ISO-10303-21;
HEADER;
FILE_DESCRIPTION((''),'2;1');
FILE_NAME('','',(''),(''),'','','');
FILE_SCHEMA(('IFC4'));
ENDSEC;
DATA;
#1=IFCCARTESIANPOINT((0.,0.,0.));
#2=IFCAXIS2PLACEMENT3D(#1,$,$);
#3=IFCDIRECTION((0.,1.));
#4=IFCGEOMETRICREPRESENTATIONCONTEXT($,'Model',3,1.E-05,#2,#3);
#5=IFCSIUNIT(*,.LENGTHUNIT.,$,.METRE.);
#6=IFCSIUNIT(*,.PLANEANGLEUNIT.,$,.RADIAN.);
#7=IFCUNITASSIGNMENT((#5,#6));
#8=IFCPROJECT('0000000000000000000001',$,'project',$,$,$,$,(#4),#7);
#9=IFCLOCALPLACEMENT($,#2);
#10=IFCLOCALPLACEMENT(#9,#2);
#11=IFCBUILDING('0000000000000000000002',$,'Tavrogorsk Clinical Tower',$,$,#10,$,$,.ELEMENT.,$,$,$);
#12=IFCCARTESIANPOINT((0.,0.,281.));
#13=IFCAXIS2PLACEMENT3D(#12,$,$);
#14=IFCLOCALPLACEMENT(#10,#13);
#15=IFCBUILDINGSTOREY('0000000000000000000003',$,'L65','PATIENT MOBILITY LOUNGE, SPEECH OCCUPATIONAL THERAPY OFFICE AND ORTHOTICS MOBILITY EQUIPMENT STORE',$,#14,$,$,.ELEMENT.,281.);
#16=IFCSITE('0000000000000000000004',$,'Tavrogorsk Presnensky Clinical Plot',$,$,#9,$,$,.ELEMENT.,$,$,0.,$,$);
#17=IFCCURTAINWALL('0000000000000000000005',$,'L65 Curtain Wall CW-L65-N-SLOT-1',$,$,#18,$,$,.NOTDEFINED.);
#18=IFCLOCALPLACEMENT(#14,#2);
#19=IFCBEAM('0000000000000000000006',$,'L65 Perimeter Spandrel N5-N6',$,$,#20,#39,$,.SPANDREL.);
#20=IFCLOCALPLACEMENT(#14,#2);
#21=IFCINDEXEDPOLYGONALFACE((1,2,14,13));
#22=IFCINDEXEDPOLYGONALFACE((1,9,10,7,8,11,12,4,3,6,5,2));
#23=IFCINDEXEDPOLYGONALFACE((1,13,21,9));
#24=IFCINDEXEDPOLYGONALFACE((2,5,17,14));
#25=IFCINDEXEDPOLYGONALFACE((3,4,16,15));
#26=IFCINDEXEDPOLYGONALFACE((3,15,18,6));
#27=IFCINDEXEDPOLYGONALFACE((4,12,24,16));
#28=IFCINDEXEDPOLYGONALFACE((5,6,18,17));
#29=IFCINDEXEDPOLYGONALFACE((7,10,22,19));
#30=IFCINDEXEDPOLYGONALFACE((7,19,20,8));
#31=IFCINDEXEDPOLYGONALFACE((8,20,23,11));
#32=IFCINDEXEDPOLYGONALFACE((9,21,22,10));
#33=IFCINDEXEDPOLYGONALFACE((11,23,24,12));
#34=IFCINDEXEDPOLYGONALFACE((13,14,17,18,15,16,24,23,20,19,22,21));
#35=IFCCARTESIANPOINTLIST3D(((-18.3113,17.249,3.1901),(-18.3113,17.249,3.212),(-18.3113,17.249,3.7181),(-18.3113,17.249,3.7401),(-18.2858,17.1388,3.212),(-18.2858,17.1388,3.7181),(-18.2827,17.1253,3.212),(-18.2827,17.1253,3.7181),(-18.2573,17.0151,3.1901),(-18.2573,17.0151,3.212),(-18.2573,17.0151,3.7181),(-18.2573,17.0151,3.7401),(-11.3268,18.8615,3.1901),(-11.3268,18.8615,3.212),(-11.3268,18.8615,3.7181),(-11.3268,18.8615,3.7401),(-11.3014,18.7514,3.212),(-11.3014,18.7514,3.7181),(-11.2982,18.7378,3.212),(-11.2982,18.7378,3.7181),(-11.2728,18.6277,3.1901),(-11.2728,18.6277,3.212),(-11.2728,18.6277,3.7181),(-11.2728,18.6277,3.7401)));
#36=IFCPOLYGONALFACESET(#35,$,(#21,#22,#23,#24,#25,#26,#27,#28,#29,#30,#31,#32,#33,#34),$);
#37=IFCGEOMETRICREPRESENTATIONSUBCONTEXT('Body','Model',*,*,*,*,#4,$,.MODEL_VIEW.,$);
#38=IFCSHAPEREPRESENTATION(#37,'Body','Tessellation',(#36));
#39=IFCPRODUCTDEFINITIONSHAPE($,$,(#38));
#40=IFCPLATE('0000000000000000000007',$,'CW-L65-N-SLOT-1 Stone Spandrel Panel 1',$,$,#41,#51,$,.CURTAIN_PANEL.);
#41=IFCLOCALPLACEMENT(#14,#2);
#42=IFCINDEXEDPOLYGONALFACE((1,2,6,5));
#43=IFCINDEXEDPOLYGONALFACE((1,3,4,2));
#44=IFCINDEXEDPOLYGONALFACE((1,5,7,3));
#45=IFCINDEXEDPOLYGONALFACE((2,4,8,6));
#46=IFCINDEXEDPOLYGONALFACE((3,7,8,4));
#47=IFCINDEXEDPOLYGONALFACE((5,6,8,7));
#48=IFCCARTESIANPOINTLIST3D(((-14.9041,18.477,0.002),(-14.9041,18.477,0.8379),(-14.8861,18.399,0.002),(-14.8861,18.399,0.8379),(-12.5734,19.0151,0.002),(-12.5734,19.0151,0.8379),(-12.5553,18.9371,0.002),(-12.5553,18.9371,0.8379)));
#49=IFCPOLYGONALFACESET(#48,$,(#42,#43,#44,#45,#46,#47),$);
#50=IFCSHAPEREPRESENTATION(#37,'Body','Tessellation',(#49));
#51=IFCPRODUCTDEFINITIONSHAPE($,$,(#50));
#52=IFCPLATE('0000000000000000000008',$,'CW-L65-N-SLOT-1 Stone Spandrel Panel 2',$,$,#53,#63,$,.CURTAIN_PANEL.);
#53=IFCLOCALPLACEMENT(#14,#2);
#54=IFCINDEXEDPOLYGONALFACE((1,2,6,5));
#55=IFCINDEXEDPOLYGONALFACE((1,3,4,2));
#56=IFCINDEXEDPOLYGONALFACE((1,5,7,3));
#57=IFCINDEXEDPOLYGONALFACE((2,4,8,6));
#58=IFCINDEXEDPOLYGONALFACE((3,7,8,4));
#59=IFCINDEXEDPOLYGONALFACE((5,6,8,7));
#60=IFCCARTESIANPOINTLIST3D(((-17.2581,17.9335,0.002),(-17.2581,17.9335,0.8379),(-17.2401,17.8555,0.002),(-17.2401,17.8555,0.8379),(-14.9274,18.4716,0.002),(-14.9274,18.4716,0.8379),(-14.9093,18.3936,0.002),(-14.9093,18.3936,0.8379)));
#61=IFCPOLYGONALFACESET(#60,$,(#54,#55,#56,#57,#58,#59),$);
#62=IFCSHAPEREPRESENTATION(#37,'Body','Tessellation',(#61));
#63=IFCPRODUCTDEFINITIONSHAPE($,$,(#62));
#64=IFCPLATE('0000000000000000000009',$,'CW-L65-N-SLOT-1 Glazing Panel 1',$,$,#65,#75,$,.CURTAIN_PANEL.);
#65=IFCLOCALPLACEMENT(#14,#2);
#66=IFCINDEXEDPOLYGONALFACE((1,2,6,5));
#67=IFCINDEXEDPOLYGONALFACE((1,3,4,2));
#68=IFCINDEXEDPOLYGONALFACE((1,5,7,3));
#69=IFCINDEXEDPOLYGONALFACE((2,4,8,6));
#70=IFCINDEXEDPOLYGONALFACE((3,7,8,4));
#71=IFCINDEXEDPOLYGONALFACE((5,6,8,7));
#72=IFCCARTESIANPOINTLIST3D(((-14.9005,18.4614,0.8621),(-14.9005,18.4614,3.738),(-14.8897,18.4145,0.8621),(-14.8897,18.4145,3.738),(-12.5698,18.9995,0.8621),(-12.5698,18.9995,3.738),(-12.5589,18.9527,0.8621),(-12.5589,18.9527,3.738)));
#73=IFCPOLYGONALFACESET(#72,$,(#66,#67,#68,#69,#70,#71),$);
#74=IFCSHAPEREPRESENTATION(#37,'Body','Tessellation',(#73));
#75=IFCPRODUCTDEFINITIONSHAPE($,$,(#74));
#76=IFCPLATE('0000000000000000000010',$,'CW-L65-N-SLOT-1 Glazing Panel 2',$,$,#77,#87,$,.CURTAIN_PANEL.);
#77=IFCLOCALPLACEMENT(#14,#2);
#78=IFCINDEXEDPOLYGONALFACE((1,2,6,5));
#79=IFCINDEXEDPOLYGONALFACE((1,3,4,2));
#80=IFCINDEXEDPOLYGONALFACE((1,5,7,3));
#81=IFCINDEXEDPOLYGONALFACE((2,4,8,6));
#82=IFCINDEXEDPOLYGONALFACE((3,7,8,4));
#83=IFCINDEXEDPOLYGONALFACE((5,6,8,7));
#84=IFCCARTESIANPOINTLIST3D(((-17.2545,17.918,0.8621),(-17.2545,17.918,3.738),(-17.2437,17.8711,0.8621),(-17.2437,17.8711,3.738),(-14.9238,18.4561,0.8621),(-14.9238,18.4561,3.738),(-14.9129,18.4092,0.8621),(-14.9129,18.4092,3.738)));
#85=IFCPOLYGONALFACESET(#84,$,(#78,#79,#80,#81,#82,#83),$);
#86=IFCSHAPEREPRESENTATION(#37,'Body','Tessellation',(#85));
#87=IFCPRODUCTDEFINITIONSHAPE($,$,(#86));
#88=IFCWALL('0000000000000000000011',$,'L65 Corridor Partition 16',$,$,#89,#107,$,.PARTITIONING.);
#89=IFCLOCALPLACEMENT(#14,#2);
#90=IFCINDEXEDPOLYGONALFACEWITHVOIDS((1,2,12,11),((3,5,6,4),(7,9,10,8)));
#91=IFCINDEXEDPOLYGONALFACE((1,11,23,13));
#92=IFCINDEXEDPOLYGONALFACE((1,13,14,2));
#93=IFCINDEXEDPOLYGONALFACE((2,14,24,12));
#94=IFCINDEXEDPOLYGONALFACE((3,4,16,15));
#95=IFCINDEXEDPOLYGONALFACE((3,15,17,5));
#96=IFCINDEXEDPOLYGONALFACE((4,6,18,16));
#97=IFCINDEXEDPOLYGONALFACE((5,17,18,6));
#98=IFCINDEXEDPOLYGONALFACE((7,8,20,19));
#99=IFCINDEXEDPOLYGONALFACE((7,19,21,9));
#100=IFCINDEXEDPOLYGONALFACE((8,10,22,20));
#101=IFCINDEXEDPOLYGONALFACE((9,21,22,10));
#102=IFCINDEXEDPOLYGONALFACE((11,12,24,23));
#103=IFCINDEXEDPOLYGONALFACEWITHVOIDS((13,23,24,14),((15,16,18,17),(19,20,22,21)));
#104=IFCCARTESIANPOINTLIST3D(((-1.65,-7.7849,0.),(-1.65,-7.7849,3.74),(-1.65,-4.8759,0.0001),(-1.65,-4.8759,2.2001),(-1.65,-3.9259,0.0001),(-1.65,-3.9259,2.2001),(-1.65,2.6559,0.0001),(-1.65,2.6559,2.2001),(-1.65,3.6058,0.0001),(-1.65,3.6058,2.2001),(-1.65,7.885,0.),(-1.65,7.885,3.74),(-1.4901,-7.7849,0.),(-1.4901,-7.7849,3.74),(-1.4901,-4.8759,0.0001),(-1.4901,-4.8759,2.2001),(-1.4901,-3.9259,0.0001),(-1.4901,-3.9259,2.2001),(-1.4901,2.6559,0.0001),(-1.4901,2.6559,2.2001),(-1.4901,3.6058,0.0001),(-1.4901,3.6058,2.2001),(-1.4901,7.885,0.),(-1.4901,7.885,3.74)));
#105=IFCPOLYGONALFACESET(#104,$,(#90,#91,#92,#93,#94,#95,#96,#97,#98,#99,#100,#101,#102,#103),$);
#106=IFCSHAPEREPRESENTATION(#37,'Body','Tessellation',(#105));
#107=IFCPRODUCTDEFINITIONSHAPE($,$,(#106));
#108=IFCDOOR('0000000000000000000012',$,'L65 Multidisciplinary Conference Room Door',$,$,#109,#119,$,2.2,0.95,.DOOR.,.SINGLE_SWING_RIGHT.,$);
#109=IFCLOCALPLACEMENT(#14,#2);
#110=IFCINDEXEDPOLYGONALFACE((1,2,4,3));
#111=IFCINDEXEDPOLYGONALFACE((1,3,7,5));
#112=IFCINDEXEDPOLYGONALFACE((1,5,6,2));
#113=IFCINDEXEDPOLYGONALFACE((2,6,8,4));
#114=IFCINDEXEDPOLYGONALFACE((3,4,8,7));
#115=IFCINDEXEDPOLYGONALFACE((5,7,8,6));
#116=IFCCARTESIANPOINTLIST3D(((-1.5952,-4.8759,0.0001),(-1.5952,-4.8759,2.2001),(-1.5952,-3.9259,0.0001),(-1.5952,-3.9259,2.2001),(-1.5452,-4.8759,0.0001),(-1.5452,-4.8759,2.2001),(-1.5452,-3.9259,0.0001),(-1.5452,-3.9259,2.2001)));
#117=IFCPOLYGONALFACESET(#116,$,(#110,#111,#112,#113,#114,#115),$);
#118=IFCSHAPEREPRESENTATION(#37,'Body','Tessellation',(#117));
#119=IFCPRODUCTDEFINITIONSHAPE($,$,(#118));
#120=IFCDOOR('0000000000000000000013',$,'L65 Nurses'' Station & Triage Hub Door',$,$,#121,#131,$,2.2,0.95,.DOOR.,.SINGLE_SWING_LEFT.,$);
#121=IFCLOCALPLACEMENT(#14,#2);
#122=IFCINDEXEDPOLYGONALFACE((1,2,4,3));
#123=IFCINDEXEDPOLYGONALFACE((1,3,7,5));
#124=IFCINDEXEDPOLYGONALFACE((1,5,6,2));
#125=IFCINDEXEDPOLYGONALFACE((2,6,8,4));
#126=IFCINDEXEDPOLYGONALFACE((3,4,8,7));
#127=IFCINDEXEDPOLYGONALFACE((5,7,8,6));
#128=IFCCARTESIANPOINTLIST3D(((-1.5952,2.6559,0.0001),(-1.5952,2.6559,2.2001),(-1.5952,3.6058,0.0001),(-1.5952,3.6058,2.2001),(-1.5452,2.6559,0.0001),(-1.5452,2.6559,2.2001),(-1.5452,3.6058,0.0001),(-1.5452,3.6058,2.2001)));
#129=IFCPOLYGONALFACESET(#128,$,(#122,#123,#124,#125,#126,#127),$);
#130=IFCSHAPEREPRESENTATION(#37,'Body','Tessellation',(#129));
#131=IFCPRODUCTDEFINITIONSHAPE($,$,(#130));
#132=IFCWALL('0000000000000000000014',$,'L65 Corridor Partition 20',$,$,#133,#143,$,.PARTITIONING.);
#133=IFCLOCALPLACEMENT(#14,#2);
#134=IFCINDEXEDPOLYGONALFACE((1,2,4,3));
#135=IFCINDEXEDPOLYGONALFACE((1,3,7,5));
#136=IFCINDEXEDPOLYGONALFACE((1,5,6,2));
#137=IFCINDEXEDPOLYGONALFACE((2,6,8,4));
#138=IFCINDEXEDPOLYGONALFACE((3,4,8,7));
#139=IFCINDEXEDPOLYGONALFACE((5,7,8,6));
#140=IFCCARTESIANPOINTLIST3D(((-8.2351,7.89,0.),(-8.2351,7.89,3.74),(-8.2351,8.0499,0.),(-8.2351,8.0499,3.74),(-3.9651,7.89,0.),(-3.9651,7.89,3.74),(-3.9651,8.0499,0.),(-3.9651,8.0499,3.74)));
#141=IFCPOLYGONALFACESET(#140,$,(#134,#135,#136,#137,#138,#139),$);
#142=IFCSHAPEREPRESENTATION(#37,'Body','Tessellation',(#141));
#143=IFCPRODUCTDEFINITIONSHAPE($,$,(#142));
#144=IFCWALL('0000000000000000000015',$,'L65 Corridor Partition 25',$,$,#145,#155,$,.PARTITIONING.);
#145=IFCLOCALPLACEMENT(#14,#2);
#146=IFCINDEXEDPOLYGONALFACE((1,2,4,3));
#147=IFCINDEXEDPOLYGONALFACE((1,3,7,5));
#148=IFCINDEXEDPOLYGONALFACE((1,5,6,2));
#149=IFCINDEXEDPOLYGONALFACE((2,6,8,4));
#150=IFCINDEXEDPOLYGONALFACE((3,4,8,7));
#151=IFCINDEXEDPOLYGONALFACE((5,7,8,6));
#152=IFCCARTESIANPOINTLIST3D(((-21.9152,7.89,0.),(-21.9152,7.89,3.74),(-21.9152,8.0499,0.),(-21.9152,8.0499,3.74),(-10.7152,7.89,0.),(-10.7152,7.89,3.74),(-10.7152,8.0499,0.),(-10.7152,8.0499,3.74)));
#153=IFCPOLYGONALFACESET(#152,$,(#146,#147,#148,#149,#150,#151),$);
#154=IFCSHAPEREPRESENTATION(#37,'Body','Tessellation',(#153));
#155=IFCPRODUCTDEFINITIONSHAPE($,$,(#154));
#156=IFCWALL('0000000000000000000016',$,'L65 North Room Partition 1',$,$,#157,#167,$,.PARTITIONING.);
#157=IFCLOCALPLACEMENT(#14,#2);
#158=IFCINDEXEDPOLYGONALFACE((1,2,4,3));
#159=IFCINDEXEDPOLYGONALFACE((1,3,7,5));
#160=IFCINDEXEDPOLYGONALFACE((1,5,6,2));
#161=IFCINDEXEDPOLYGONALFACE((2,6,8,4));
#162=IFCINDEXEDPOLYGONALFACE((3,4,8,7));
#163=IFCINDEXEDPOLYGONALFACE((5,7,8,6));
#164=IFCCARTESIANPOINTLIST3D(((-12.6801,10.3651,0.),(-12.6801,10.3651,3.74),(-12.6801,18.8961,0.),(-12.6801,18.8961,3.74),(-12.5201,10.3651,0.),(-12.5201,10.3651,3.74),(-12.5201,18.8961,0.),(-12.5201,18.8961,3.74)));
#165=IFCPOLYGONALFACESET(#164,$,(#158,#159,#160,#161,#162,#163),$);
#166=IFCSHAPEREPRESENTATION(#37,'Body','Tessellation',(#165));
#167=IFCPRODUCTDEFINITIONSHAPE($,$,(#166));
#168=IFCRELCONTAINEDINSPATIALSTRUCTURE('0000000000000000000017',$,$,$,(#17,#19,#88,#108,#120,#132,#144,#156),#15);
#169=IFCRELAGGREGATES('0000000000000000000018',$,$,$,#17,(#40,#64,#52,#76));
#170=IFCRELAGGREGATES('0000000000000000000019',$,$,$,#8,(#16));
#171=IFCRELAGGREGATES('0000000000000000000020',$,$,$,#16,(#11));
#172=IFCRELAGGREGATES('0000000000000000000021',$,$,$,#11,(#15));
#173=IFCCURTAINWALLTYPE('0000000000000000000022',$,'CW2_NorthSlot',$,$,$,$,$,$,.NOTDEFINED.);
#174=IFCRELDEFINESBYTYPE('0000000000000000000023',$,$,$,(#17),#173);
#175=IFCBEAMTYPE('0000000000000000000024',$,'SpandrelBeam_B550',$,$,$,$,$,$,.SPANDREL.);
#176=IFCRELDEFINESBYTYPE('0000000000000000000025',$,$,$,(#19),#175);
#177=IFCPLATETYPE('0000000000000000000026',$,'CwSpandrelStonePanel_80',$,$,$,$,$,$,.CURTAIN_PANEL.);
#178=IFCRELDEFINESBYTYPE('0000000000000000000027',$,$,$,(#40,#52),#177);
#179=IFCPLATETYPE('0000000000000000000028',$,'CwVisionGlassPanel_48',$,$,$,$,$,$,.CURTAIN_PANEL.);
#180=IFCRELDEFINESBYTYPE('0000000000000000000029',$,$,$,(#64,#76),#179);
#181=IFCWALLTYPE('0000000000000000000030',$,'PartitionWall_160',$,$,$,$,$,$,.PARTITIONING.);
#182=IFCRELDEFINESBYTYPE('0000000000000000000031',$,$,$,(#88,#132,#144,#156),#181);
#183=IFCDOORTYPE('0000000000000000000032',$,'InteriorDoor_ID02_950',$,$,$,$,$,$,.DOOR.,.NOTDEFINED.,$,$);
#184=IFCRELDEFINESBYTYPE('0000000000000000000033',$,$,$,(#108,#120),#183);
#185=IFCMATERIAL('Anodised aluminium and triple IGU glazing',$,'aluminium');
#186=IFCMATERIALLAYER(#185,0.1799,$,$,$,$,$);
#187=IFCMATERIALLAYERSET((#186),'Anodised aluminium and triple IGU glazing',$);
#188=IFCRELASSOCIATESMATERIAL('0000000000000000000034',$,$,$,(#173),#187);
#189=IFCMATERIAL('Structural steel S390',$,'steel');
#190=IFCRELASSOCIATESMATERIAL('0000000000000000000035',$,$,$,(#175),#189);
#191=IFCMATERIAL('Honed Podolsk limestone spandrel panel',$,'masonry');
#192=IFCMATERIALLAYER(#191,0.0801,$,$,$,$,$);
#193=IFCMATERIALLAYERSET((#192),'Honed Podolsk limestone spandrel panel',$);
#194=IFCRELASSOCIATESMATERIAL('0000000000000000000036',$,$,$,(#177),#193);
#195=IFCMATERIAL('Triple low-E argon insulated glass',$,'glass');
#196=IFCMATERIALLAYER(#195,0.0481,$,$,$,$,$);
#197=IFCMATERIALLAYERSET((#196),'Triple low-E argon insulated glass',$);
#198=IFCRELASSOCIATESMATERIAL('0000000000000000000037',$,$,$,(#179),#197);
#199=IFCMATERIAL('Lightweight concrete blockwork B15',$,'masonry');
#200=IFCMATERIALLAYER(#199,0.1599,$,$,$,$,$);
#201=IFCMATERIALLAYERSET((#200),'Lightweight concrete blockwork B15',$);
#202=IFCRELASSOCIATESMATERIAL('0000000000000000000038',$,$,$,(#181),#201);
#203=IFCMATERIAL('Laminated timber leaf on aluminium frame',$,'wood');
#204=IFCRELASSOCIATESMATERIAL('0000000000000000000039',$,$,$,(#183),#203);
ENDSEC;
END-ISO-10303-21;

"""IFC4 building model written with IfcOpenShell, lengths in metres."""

from ifc_helpers import new_model, si_unit, direction, frame, frame_2d, origin, origin_2d, place, context, subcontext, project, spatial, rectangle, i_section, extrude, material, layer, layer_set, material_profile, profile_set, type_object, element, fill, aggregate, save


model = new_model("IFC4")

# Units and contexts
model_context = context("Model", 3, precision=1e-05, world=origin(), true_north=direction((0.0, 1.0)))
body_context = subcontext(model_context, "Body", "Model", "MODEL_VIEW")
ifc_project = project(units=[si_unit("LENGTHUNIT", "METRE"), si_unit("PLANEANGLEUNIT", "RADIAN")], contexts=[model_context])

# Site, building, storey
site_placement = place(None, origin())
site = spatial("IfcSite", under=ifc_project, at=site_placement, Name="Tavrogorsk Presnensky Clinical Plot", CompositionType="ELEMENT", RefElevation=0.0)
building_placement = place(site_placement, origin())
building = spatial("IfcBuilding", under=site, at=building_placement, Name="Tavrogorsk Clinical Tower", CompositionType="ELEMENT")
storey_placement = place(building_placement, frame((0.0, 0.0, 281.0)))
storey = spatial("IfcBuildingStorey", under=building, at=storey_placement, Name="L65", Description="PATIENT MOBILITY LOUNGE, SPEECH OCCUPATIONAL THERAPY OFFICE AND ORTHOTICS MOBILITY EQUIPMENT STORE", CompositionType="ELEMENT", Elevation=281.0)

# Curtain wall
ifc_material_1 = material(Name="Anodised aluminium and triple IGU glazing", Category="aluminium")
ifc_layer_1 = layer(ifc_material_1, 0.1799)
ifc_layer_set_1 = layer_set([ifc_layer_1], Name="Anodised aluminium and triple IGU glazing")
curtain_wall_type = type_object("IfcCurtainWallType", Name="CW2_NorthSlot", PredefinedType="NOTDEFINED", material=ifc_layer_set_1)
curtain_wall_1_placement = place(storey_placement, origin())
curtain_wall_1 = element("IfcCurtainWall", 1, at=curtain_wall_1_placement, inside=storey, type_object=curtain_wall_type, Name="L65 Curtain Wall CW-L65-N-SLOT-1", PredefinedType="NOTDEFINED")

# Beam
ifc_material_2 = material(Name="Structural steel S390", Category="steel")
ifc_material_profile_1 = material_profile(ifc_material_2, i_section(OverallWidth=0.24, OverallDepth=0.55, WebThickness=0.0139, FlangeThickness=0.022, at=origin_2d()), Name="B-550x240x14x22")
ifc_profile_set_1 = profile_set([ifc_material_profile_1], Name="Structural steel S390")
beam_type = type_object("IfcBeamType", Name="SpandrelBeam_B550", PredefinedType="SPANDREL", material=ifc_profile_set_1)
for number, where, z_axis, x_axis, name in (
    (2, (-11.2998, 18.7446, 3.4651), (-0.974368, -0.224961, 0.0), (0.224961, -0.974368, 0.0), "L65 Perimeter Spandrel N5-N6"),
):
    element("IfcBeam", number, at=place(storey_placement, frame(where, z_axis=z_axis, x_axis=x_axis)), inside=storey, type_object=beam_type, Name=name, PredefinedType="SPANDREL", context=body_context, shape_type="SweptSolid", body=[
        extrude(i_section(OverallWidth=0.24, OverallDepth=0.55, WebThickness=0.0139, FlangeThickness=0.022, at=origin_2d()), origin(), (0.0, 0.0, 1.0), 7.1682),
    ])

# Plates
ifc_material_3 = material(Name="Honed Podolsk limestone spandrel panel", Category="masonry")
ifc_layer_2 = layer(ifc_material_3, 0.0801)
ifc_layer_set_2 = layer_set([ifc_layer_2], Name="Honed Podolsk limestone spandrel panel")
plate_type_1 = type_object("IfcPlateType", Name="CwSpandrelStonePanel_80", PredefinedType="CURTAIN_PANEL", material=ifc_layer_set_2)
plate_1_placement = place(storey_placement, frame((-13.7297, 18.707, 0.002), z_axis=(0.0, 0.0, 1.0), x_axis=(-0.97437, -0.224951, 0.0)))
plate_1 = element("IfcPlate", 3, at=plate_1_placement, type_object=plate_type_1, Name="CW-L65-N-SLOT-1 Stone Spandrel Panel 1", PredefinedType="CURTAIN_PANEL", context=body_context, shape_type="SweptSolid", body=[
    extrude(rectangle(XDim=2.3921, YDim=0.0801, at=origin_2d()), origin(), (0.0, 0.0, 1.0), 0.8359),
])
plate_2_placement = place(storey_placement, frame((-16.0837, 18.1636, 0.002), z_axis=(0.0, 0.0, 1.0), x_axis=(-0.97437, -0.224951, 0.0)))
plate_2 = element("IfcPlate", 4, at=plate_2_placement, type_object=plate_type_1, Name="CW-L65-N-SLOT-1 Stone Spandrel Panel 2", PredefinedType="CURTAIN_PANEL", context=body_context, shape_type="SweptSolid", body=[
    extrude(rectangle(XDim=2.3921, YDim=0.0801, at=origin_2d()), origin(), (0.0, 0.0, 1.0), 0.8359),
])
ifc_material_4 = material(Name="Triple low-E argon insulated glass", Category="glass")
ifc_layer_3 = layer(ifc_material_4, 0.0481)
ifc_layer_set_3 = layer_set([ifc_layer_3], Name="Triple low-E argon insulated glass")
plate_type_2 = type_object("IfcPlateType", Name="CwVisionGlassPanel_48", PredefinedType="CURTAIN_PANEL", material=ifc_layer_set_3)
plate_3_placement = place(storey_placement, frame((-13.7297, 18.707, 0.8621), z_axis=(0.0, 0.0, 1.0), x_axis=(-0.97437, -0.224951, 0.0)))
plate_3 = element("IfcPlate", 5, at=plate_3_placement, type_object=plate_type_2, Name="CW-L65-N-SLOT-1 Glazing Panel 1", PredefinedType="CURTAIN_PANEL", context=body_context, shape_type="SweptSolid", body=[
    extrude(rectangle(XDim=2.3921, YDim=0.0481, at=origin_2d()), origin(), (0.0, 0.0, 1.0), 2.876),
])
plate_4_placement = place(storey_placement, frame((-16.0837, 18.1636, 0.8621), z_axis=(0.0, 0.0, 1.0), x_axis=(-0.97437, -0.224951, 0.0)))
plate_4 = element("IfcPlate", 6, at=plate_4_placement, type_object=plate_type_2, Name="CW-L65-N-SLOT-1 Glazing Panel 2", PredefinedType="CURTAIN_PANEL", context=body_context, shape_type="SweptSolid", body=[
    extrude(rectangle(XDim=2.3921, YDim=0.0481, at=origin_2d()), origin(), (0.0, 0.0, 1.0), 2.876),
])
aggregate(curtain_wall_1, [plate_1, plate_3, plate_2, plate_4])

# Wall, openings, doors
ifc_material_5 = material(Name="Lightweight concrete blockwork B15", Category="masonry")
ifc_layer_4 = layer(ifc_material_5, 0.1599)
ifc_layer_set_4 = layer_set([ifc_layer_4], Name="Lightweight concrete blockwork B15")
wall_type_1 = type_object("IfcWallType", Name="PartitionWall_160", PredefinedType="PARTITIONING", material=ifc_layer_set_4)
wall_1_placement = place(storey_placement, frame((-1.5701, 7.885, 0.0), z_axis=(0.0, 0.0, 1.0), x_axis=(0.0, -1.0, 0.0)))
wall_1 = element("IfcWall", 7, at=wall_1_placement, inside=storey, type_object=wall_type_1, Name="L65 Corridor Partition 16", PredefinedType="PARTITIONING", context=body_context, shape_type="SweptSolid", body=[
    extrude(rectangle(XDim=15.6699, YDim=0.1599, at=frame_2d((7.835, 0.0))), origin(), (0.0, 0.0, 1.0), 3.74),
])
opening_1_placement = place(wall_1_placement, frame((11.8108, 0.0, 0.0)))
opening_1 = element("IfcOpeningElement", 8, at=opening_1_placement, cuts=wall_1, PredefinedType="OPENING", context=body_context, shape_type="SweptSolid", body=[
    extrude(rectangle(XDim=0.95, YDim=2.2, at=frame_2d((0.4751, 1.1001))), frame((0.0, 0.0898, 0.0), z_axis=(0.0, -1.0, 0.0), x_axis=(1.0, 0.0, 0.0)), (0.0, 0.0, 1.0), 0.1799),
])
opening_2_placement = place(wall_1_placement, frame((4.2791, 0.0, 0.0)))
opening_2 = element("IfcOpeningElement", 9, at=opening_2_placement, cuts=wall_1, PredefinedType="OPENING", context=body_context, shape_type="SweptSolid", body=[
    extrude(rectangle(XDim=0.95, YDim=2.2, at=frame_2d((0.4751, 1.1001))), frame((0.0, 0.0898, 0.0), z_axis=(0.0, -1.0, 0.0), x_axis=(1.0, 0.0, 0.0)), (0.0, 0.0, 1.0), 0.1799),
])
ifc_material_6 = material(Name="Laminated timber leaf on aluminium frame", Category="wood")
door_type = type_object("IfcDoorType", Name="InteriorDoor_ID02_950", OperationType="NOTDEFINED", PredefinedType="DOOR", material=ifc_material_6)
door_1_placement = place(opening_1_placement, origin())
door_1 = element("IfcDoor", 10, at=door_1_placement, inside=storey, type_object=door_type, Name="L65 Multidisciplinary Conference Room Door", OperationType="SINGLE_SWING_RIGHT", OverallHeight=2.2, OverallWidth=0.95, PredefinedType="DOOR", context=body_context, shape_type="SweptSolid", body=[
    extrude(rectangle(XDim=0.95, YDim=2.2, at=frame_2d((0.4751, 1.1001))), frame((0.0, 0.0249, 0.0), z_axis=(0.0, -1.0, 0.0), x_axis=(1.0, 0.0, 0.0)), (0.0, 0.0, 1.0), 0.05),
])
fill(opening_1, door_1)
door_2_placement = place(opening_2_placement, origin())
door_2 = element("IfcDoor", 11, at=door_2_placement, inside=storey, type_object=door_type, Name="L65 Nurses' Station & Triage Hub Door", OperationType="SINGLE_SWING_LEFT", OverallHeight=2.2, OverallWidth=0.95, PredefinedType="DOOR", context=body_context, shape_type="SweptSolid", body=[
    extrude(rectangle(XDim=0.95, YDim=2.2, at=frame_2d((0.4751, 1.1001))), frame((0.0, 0.0249, 0.0), z_axis=(0.0, -1.0, 0.0), x_axis=(1.0, 0.0, 0.0)), (0.0, 0.0, 1.0), 0.05),
])
fill(opening_2, door_2)

# Walls
wall_2_placement = place(storey_placement, frame((-3.9651, 7.97, 0.0), z_axis=(0.0, 0.0, 1.0), x_axis=(-1.0, 0.0, 0.0)))
element("IfcWall", 12, at=wall_2_placement, inside=storey, type_object=wall_type_1, Name="L65 Corridor Partition 20", PredefinedType="PARTITIONING", context=body_context, shape_type="SweptSolid", body=[
    extrude(rectangle(XDim=4.27, YDim=0.1599, at=frame_2d((2.135, 0.0))), origin(), (0.0, 0.0, 1.0), 3.74),
])
wall_3_placement = place(storey_placement, frame((-10.7151, 7.97, 0.0), z_axis=(0.0, 0.0, 1.0), x_axis=(-1.0, 0.0, 0.0)))
element("IfcWall", 13, at=wall_3_placement, inside=storey, type_object=wall_type_1, Name="L65 Corridor Partition 25", PredefinedType="PARTITIONING", context=body_context, shape_type="SweptSolid", body=[
    extrude(rectangle(XDim=11.2, YDim=0.1599, at=frame_2d((5.6001, 0.0))), origin(), (0.0, 0.0, 1.0), 3.74),
])
wall_4_placement = place(storey_placement, frame((-12.6001, 10.365, 0.0), z_axis=(0.0, 0.0, 1.0), x_axis=(0.0, 1.0, 0.0)))
element("IfcWall", 14, at=wall_4_placement, inside=storey, type_object=wall_type_1, Name="L65 North Room Partition 1", PredefinedType="PARTITIONING", context=body_context, shape_type="SweptSolid", body=[
    extrude(rectangle(XDim=8.531, YDim=0.1599, at=frame_2d((4.2656, 0.0))), origin(), (0.0, 0.0, 1.0), 3.74),
])

save(model, "model.ifc")
